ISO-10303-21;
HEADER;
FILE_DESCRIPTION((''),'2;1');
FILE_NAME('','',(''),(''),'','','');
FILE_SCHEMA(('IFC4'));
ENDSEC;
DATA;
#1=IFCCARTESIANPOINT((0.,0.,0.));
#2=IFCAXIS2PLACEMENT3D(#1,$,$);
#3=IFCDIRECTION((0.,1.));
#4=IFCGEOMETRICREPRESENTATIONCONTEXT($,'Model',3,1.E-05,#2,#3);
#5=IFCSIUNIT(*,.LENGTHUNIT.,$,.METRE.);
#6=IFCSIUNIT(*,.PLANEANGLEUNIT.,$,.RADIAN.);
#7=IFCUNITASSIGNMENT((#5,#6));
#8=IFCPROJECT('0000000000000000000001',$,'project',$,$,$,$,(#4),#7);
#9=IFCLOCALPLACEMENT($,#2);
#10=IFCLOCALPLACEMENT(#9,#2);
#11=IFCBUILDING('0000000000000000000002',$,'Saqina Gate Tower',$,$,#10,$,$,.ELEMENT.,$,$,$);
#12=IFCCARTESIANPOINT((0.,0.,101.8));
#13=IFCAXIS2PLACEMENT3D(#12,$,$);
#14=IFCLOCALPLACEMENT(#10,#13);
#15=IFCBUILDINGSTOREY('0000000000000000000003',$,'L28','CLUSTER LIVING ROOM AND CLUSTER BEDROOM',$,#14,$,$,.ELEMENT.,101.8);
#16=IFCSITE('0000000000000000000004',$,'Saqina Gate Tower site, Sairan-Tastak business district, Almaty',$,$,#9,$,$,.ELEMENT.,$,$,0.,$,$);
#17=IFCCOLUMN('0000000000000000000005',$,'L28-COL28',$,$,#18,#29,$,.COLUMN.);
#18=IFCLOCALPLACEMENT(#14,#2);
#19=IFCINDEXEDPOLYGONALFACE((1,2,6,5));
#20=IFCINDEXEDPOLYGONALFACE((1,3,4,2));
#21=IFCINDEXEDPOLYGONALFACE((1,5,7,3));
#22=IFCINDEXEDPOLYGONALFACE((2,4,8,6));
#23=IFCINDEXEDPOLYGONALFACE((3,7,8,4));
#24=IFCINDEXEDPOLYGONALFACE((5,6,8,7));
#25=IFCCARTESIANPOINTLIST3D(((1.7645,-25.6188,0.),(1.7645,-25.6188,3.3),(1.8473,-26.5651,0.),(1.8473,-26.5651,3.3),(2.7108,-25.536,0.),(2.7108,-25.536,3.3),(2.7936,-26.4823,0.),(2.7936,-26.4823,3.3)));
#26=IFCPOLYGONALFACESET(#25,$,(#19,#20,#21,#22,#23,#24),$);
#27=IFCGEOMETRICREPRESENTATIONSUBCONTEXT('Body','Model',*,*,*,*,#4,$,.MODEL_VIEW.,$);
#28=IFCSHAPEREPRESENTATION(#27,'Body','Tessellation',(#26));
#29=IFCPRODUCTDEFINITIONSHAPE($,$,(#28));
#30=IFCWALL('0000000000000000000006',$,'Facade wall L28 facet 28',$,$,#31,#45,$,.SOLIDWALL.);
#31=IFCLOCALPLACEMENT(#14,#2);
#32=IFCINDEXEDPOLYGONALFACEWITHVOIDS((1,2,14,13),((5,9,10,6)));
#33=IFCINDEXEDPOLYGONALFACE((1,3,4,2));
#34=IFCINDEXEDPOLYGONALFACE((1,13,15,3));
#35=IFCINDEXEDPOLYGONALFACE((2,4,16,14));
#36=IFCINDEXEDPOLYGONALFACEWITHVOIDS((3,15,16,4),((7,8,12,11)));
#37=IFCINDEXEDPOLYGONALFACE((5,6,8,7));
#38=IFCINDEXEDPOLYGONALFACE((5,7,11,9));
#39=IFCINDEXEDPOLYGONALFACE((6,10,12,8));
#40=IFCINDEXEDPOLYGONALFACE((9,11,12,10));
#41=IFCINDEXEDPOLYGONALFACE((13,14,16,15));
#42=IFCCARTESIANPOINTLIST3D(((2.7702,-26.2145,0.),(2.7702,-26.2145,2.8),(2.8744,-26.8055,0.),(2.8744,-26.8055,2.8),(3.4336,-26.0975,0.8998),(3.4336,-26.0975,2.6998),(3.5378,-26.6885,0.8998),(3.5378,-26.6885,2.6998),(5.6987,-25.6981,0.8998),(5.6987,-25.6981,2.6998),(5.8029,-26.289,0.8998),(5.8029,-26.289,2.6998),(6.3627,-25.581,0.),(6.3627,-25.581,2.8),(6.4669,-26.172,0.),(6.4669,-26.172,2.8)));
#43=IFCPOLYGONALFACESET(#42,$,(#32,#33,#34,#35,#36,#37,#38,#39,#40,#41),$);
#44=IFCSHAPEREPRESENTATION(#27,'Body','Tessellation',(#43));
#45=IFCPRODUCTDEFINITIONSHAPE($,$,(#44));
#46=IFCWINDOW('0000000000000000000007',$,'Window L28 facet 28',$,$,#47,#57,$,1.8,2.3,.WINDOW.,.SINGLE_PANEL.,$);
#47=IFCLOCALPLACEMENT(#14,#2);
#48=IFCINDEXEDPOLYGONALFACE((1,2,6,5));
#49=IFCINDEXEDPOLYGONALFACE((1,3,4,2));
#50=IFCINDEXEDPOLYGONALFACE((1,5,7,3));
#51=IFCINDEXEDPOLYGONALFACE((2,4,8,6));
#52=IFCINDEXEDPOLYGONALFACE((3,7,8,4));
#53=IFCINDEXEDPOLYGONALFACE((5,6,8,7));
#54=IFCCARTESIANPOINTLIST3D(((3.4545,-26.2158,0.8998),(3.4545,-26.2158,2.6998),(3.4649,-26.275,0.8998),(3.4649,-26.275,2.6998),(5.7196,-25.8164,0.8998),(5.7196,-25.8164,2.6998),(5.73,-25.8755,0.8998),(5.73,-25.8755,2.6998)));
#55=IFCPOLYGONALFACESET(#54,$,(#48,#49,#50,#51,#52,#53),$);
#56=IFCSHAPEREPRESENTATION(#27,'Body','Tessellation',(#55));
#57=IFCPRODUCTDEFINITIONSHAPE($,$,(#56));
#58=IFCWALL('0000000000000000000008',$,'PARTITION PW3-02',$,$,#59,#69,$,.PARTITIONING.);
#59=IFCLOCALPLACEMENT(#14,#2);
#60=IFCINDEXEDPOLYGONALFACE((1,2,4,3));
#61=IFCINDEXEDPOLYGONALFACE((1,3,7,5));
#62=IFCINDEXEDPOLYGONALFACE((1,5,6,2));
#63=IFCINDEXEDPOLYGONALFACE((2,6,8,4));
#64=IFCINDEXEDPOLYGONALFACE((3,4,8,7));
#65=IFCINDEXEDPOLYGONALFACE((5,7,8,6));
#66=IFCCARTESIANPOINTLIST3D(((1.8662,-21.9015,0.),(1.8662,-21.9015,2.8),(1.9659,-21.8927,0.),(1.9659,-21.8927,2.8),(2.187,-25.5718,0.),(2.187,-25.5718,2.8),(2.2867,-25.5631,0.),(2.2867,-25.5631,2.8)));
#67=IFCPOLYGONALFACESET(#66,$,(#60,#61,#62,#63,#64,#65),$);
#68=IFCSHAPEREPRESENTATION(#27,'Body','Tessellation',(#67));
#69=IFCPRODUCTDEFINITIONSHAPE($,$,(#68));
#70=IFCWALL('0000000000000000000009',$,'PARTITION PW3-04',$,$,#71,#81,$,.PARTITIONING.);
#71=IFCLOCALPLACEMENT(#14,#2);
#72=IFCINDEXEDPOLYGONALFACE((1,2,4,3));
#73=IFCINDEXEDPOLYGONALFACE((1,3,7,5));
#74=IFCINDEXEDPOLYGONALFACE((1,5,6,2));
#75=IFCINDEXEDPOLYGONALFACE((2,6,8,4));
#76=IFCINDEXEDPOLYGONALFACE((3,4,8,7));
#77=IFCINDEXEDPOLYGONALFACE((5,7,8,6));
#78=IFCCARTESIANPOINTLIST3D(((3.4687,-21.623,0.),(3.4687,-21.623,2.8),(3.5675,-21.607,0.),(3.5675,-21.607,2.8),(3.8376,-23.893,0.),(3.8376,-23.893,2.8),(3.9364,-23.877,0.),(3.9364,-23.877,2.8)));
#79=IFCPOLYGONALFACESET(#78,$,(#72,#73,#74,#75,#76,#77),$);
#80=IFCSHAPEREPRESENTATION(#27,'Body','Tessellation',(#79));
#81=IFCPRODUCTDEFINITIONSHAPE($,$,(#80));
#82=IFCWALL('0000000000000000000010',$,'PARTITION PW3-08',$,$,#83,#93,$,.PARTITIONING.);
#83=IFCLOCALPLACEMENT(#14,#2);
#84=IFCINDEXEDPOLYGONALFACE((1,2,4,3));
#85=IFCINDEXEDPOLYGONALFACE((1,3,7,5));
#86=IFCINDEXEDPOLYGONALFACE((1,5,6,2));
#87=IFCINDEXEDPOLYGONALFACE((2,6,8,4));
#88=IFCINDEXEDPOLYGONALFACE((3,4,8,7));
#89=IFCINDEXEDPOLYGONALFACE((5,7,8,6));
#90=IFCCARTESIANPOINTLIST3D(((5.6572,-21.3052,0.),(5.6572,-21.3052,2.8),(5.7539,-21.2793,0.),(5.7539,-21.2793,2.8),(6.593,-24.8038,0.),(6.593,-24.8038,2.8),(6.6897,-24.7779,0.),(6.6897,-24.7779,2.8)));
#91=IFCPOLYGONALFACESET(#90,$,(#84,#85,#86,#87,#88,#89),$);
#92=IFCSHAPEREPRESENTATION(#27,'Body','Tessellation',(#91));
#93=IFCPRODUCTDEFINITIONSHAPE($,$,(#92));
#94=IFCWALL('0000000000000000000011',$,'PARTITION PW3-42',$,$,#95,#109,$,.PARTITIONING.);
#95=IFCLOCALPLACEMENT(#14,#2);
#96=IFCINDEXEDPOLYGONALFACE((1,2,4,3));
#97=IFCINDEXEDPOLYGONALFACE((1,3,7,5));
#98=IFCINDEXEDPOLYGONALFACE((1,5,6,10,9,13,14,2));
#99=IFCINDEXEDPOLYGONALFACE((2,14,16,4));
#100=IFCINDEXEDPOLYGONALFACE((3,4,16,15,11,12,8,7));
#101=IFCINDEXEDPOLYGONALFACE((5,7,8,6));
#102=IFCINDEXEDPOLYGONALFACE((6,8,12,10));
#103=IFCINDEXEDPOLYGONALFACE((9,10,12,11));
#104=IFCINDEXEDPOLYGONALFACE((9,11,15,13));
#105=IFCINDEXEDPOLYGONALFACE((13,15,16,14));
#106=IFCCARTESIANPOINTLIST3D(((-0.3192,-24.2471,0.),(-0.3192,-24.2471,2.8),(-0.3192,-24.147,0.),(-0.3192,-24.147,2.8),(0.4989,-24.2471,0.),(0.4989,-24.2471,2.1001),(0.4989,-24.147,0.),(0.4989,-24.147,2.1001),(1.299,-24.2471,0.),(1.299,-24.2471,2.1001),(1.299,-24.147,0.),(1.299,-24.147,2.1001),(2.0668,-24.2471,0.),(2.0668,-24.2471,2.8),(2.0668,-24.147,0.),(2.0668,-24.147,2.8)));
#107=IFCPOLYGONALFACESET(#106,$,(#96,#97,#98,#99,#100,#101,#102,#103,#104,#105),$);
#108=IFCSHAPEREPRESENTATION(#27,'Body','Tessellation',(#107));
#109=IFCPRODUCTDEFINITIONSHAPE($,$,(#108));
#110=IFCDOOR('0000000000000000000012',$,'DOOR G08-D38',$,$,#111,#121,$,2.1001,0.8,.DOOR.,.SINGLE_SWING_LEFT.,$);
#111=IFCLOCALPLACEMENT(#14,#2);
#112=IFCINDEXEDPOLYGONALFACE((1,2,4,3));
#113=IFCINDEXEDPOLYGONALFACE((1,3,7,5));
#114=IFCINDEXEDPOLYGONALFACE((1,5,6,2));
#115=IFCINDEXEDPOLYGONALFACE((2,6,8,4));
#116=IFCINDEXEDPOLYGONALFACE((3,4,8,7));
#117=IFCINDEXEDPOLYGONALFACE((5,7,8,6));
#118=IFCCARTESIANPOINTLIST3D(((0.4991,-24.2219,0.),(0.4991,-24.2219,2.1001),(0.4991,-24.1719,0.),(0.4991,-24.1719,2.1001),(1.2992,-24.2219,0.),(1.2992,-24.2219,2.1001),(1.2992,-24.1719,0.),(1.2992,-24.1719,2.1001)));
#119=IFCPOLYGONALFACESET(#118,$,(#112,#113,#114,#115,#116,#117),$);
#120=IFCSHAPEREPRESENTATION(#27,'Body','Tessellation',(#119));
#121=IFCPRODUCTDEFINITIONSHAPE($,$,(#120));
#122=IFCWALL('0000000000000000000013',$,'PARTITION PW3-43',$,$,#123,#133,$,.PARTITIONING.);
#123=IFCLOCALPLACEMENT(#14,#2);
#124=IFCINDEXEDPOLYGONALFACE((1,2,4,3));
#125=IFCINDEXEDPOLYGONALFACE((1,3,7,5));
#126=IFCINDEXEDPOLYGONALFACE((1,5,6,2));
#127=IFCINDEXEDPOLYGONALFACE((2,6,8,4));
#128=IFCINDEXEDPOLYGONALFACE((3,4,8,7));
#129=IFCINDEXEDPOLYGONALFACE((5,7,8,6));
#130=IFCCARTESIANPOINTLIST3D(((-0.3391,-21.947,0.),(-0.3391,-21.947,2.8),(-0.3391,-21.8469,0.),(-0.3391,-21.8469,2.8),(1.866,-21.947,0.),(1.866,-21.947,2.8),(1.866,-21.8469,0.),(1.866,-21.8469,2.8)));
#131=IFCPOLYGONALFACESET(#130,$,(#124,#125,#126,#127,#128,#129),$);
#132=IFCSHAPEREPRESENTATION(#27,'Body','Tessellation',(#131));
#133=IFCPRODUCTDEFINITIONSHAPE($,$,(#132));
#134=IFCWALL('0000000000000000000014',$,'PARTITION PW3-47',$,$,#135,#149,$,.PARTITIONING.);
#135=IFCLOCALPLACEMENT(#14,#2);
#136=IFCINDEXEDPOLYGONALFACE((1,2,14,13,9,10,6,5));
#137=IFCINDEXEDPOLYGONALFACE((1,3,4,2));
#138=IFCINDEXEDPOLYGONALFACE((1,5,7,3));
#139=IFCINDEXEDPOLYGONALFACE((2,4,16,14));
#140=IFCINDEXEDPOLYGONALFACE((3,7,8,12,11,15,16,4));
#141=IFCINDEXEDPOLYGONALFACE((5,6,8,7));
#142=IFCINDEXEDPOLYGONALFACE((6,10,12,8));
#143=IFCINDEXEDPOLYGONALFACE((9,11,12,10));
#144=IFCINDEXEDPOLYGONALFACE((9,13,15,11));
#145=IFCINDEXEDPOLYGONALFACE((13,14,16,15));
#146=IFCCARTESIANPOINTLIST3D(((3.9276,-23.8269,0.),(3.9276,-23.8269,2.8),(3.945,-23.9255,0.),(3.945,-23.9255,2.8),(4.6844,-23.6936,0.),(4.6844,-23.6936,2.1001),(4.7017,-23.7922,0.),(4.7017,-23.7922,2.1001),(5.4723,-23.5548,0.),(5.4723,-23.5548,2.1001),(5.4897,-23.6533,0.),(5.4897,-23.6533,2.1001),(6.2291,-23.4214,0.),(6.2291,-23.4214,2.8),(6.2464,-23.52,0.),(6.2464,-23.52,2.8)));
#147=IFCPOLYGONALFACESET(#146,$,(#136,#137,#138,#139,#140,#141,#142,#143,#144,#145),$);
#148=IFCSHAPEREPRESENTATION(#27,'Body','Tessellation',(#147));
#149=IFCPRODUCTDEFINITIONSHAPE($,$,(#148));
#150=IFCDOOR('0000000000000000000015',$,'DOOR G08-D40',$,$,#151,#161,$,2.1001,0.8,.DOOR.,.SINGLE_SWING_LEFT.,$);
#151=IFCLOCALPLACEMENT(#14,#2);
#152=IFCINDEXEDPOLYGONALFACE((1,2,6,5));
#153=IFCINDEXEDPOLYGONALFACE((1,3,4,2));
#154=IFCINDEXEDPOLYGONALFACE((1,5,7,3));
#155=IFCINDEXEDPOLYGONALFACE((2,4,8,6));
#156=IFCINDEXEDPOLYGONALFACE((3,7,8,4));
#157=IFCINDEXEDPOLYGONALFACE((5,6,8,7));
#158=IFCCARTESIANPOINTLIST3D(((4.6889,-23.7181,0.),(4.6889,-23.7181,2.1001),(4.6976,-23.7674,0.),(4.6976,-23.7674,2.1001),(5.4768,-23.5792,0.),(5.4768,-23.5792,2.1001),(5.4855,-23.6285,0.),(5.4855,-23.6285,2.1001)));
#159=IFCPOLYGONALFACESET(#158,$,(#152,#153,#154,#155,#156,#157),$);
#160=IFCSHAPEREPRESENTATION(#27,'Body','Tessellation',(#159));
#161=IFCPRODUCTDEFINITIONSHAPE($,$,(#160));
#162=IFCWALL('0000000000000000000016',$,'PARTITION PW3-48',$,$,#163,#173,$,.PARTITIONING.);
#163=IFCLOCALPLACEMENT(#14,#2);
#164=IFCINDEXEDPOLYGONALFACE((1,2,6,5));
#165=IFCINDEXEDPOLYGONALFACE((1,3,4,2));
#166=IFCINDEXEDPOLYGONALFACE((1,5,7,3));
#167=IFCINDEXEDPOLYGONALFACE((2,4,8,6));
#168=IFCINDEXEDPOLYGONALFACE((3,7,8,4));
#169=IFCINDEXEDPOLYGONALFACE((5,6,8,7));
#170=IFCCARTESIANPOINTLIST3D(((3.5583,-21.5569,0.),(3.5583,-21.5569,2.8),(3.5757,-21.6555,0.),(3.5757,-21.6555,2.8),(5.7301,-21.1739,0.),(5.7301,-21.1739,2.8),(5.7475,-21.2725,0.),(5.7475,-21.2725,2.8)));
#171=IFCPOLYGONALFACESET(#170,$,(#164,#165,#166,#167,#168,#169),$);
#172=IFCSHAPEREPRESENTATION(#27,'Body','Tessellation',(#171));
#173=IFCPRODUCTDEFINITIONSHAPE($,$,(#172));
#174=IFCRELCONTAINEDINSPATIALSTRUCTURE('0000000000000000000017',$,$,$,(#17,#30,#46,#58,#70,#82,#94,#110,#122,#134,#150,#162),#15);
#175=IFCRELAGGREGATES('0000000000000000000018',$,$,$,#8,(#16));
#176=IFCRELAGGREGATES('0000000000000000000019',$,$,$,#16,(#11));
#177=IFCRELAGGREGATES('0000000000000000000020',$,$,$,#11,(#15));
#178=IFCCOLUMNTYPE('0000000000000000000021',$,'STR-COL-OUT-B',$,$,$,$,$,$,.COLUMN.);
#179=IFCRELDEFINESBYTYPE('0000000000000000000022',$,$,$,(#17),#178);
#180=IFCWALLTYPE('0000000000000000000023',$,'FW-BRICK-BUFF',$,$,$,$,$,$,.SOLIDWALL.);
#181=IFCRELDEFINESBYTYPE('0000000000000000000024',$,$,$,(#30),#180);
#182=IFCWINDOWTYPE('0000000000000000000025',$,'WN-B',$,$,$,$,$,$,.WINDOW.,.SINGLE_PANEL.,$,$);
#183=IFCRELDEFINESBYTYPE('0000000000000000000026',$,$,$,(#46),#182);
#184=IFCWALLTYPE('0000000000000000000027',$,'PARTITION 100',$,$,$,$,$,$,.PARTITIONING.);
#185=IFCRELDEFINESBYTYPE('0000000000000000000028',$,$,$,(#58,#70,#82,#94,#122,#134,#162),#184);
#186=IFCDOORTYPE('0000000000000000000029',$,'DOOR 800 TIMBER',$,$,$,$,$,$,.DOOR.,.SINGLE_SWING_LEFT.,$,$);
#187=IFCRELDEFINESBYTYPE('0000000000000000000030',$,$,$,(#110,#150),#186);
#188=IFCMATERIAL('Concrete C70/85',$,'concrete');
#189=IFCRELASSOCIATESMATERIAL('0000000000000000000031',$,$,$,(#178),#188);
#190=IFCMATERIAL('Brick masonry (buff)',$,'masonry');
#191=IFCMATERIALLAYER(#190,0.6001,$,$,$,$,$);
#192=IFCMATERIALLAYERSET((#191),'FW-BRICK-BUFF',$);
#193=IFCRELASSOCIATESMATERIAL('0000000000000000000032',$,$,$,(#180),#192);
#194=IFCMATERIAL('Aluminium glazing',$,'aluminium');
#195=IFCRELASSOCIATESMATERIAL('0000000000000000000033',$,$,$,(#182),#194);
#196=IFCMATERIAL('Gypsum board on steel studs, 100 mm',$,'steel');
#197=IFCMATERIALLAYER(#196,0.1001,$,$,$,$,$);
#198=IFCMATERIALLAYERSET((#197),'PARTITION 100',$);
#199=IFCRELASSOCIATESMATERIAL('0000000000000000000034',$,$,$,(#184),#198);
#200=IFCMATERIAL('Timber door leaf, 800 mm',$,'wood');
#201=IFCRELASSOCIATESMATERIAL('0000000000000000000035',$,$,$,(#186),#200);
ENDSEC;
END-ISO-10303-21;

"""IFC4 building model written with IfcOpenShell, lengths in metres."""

from ifc_helpers import new_model, si_unit, direction, frame, frame_2d, origin, origin_2d, place, context, subcontext, project, spatial, rectangle, extrude, material, layer, layer_set, material_profile, profile_set, type_object, element, fill, save


model = new_model("IFC4")

# Units and contexts
model_context = context("Model", 3, precision=1e-05, world=origin(), true_north=direction((0.0, 1.0)))
body_context = subcontext(model_context, "Body", "Model", "MODEL_VIEW")
ifc_project = project(units=[si_unit("LENGTHUNIT", "METRE"), si_unit("PLANEANGLEUNIT", "RADIAN")], contexts=[model_context])

# Site, building, storey
site_placement = place(None, origin())
site = spatial("IfcSite", under=ifc_project, at=site_placement, Name="Saqina Gate Tower site, Sairan-Tastak business district, Almaty", CompositionType="ELEMENT", RefElevation=0.0)
building_placement = place(site_placement, origin())
building = spatial("IfcBuilding", under=site, at=building_placement, Name="Saqina Gate Tower", CompositionType="ELEMENT")
storey_placement = place(building_placement, frame((0.0, 0.0, 101.8)))
storey = spatial("IfcBuildingStorey", under=building, at=storey_placement, Name="L28", Description="CLUSTER LIVING ROOM AND CLUSTER BEDROOM", CompositionType="ELEMENT", Elevation=101.8)

# Column
ifc_material_1 = material(Name="Concrete C70/85", Category="concrete")
ifc_material_profile = material_profile(ifc_material_1, rectangle(XDim=0.95, YDim=0.95, at=origin_2d()), Name="RC 950x950")
ifc_profile_set = profile_set([ifc_material_profile], Name="Concrete C70/85")
column_type = type_object("IfcColumnType", Name="STR-COL-OUT-B", PredefinedType="COLUMN", material=ifc_profile_set)
column_placement = place(storey_placement, frame((2.2791, -26.0505, 0.0), z_axis=(0.0, 0.0, 1.0), x_axis=(0.087156, -0.996195, 0.0)))
element("IfcColumn", 1, at=column_placement, inside=storey, type_object=column_type, Name="L28-COL28", PredefinedType="COLUMN", context=body_context, shape_type="SweptSolid", body=[
    extrude(rectangle(XDim=0.95, YDim=0.95, at=origin_2d()), origin(), (0.0, 0.0, 1.0), 3.3),
])

# Wall, opening, window
ifc_material_2 = material(Name="Brick masonry (buff)", Category="masonry")
ifc_layer_1 = layer(ifc_material_2, 0.6001)
ifc_layer_set_1 = layer_set([ifc_layer_1], Name="FW-BRICK-BUFF")
wall_type_1 = type_object("IfcWallType", Name="FW-BRICK-BUFF", PredefinedType="SOLIDWALL", material=ifc_layer_set_1)
wall_1_placement = place(storey_placement, frame((2.8223, -26.51, 0.0), z_axis=(0.0, 0.0, 1.0), x_axis=(0.984804, 0.173671, 0.0)))
wall_1 = element("IfcWall", 2, at=wall_1_placement, inside=storey, type_object=wall_type_1, Name="Facade wall L28 facet 28", PredefinedType="SOLIDWALL", context=body_context, shape_type="SweptSolid", body=[
    extrude(rectangle(XDim=3.6479, YDim=0.6001, at=frame_2d((1.824, 0.0))), origin(), (0.0, 0.0, 1.0), 2.8),
])
opening_1_placement = place(wall_1_placement, frame((0.6738, 0.0, 0.8999)))
opening_1 = element("IfcOpeningElement", 3, at=opening_1_placement, cuts=wall_1, PredefinedType="OPENING", context=body_context, shape_type="SweptSolid", body=[
    extrude(rectangle(XDim=2.3, YDim=1.8, at=frame_2d((1.1499, 0.8999))), frame((0.0, 0.312, 0.0), z_axis=(0.0, -1.0, 0.0), x_axis=(1.0, 0.0, 0.0)), (0.0, 0.0, 1.0), 0.624),
])
ifc_material_3 = material(Name="Aluminium glazing", Category="aluminium")
window_type = type_object("IfcWindowType", Name="WN-B", PartitioningType="SINGLE_PANEL", PredefinedType="WINDOW", material=ifc_material_3)
window_placement = place(opening_1_placement, origin())
window = element("IfcWindow", 4, at=window_placement, inside=storey, type_object=window_type, Name="Window L28 facet 28", OverallHeight=1.8, OverallWidth=2.3, PartitioningType="SINGLE_PANEL", PredefinedType="WINDOW", context=body_context, shape_type="SweptSolid", body=[
    extrude(rectangle(XDim=2.3, YDim=1.8, at=frame_2d((1.1499, 0.8999))), frame((0.0, 0.1799, 0.0), z_axis=(0.0, -1.0, 0.0), x_axis=(1.0, 0.0, 0.0)), (0.0, 0.0, 1.0), 0.0601),
])
fill(opening_1, window)

# Walls
ifc_material_4 = material(Name="Gypsum board on steel studs, 100 mm", Category="steel")
ifc_layer_2 = layer(ifc_material_4, 0.1001)
ifc_layer_set_2 = layer_set([ifc_layer_2], Name="PARTITION 100")
wall_type_2 = type_object("IfcWallType", Name="PARTITION 100", PredefinedType="PARTITIONING", material=ifc_layer_set_2)
wall_2_placement = place(storey_placement, frame((1.916, -21.897, 0.0), z_axis=(0.0, 0.0, 1.0), x_axis=(0.08707, -0.996202, 0.0)))
element("IfcWall", 5, at=wall_2_placement, inside=storey, type_object=wall_type_2, Name="PARTITION PW3-02", PredefinedType="PARTITIONING", context=body_context, shape_type="SweptSolid", body=[
    extrude(rectangle(XDim=3.6843, YDim=0.1001, at=frame_2d((1.8423, 0.0))), origin(), (0.0, 0.0, 1.0), 2.8),
])
wall_3_placement = place(storey_placement, frame((3.5181, -21.615, 0.0), z_axis=(0.0, 0.0, 1.0), x_axis=(0.160404, -0.987051, 0.0)))
element("IfcWall", 6, at=wall_3_placement, inside=storey, type_object=wall_type_2, Name="PARTITION PW3-04", PredefinedType="PARTITIONING", context=body_context, shape_type="SweptSolid", body=[
    extrude(rectangle(XDim=2.2998, YDim=0.1001, at=frame_2d((1.1499, 0.0))), origin(), (0.0, 0.0, 1.0), 2.8),
])
wall_4_placement = place(storey_placement, frame((5.7056, -21.2922, 0.0), z_axis=(0.0, 0.0, 1.0), x_axis=(0.258397, -0.966039, 0.0)))
element("IfcWall", 7, at=wall_4_placement, inside=storey, type_object=wall_type_2, Name="PARTITION PW3-08", PredefinedType="PARTITIONING", context=body_context, shape_type="SweptSolid", body=[
    extrude(rectangle(XDim=3.6216, YDim=0.1001, at=frame_2d((1.8108, 0.0))), origin(), (0.0, 0.0, 1.0), 2.8),
])

# Wall, opening, door
wall_5_placement = place(storey_placement, frame((-0.3191, -24.197, 0.0), z_axis=(0.0, 0.0, 1.0), x_axis=(1.0, 0.0, 0.0)))
wall_5 = element("IfcWall", 8, at=wall_5_placement, inside=storey, type_object=wall_type_2, Name="PARTITION PW3-42", PredefinedType="PARTITIONING", context=body_context, shape_type="SweptSolid", body=[
    extrude(rectangle(XDim=2.386, YDim=0.1001, at=frame_2d((1.1929, 0.0))), origin(), (0.0, 0.0, 1.0), 2.8),
])
opening_2_placement = place(wall_5_placement, frame((0.8181, 0.0, 0.0)))
opening_2 = element("IfcOpeningElement", 9, at=opening_2_placement, cuts=wall_5, PredefinedType="OPENING", context=body_context, shape_type="SweptSolid", body=[
    extrude(rectangle(XDim=0.8, YDim=2.1001, at=frame_2d((0.3999, 1.05))), frame((0.0, 0.062, 0.0), z_axis=(0.0, -1.0, 0.0), x_axis=(1.0, 0.0, 0.0)), (0.0, 0.0, 1.0), 0.124),
])
ifc_material_5 = material(Name="Timber door leaf, 800 mm", Category="wood")
door_type_1 = type_object("IfcDoorType", Name="DOOR 800 TIMBER", OperationType="SINGLE_SWING_LEFT", PredefinedType="DOOR", material=ifc_material_5)
door_1_placement = place(opening_2_placement, frame((0.8, 0.0, 0.0), z_axis=(0.0, 0.0, 1.0), x_axis=(-1.0, 0.0, 0.0)))
door_1 = element("IfcDoor", 10, at=door_1_placement, inside=storey, type_object=door_type_1, Name="DOOR G08-D38", OperationType="SINGLE_SWING_LEFT", OverallHeight=2.1001, OverallWidth=0.8, PredefinedType="DOOR", context=body_context, shape_type="SweptSolid", body=[
    extrude(rectangle(XDim=0.8, YDim=2.1001, at=frame_2d((0.3999, 1.05))), frame((0.0, 0.0249, 0.0), z_axis=(0.0, -1.0, 0.0), x_axis=(1.0, 0.0, 0.0)), (0.0, 0.0, 1.0), 0.05),
])
fill(opening_2, door_1)

# Wall
wall_6_placement = place(storey_placement, frame((-0.3391, -21.897, 0.0), z_axis=(0.0, 0.0, 1.0), x_axis=(1.0, 0.0, 0.0)))
element("IfcWall", 11, at=wall_6_placement, inside=storey, type_object=wall_type_2, Name="PARTITION PW3-43", PredefinedType="PARTITIONING", context=body_context, shape_type="SweptSolid", body=[
    extrude(rectangle(XDim=2.2051, YDim=0.1001, at=frame_2d((1.1025, 0.0))), origin(), (0.0, 0.0, 1.0), 2.8),
])

# Wall, opening, door
wall_7_placement = place(storey_placement, frame((3.9363, -23.8762, 0.0), z_axis=(0.0, 0.0, 1.0), x_axis=(0.98483, 0.173523, 0.0)))
wall_7 = element("IfcWall", 12, at=wall_7_placement, inside=storey, type_object=wall_type_2, Name="PARTITION PW3-47", PredefinedType="PARTITIONING", context=body_context, shape_type="SweptSolid", body=[
    extrude(rectangle(XDim=2.3369, YDim=0.1001, at=frame_2d((1.1685, 0.0))), origin(), (0.0, 0.0, 1.0), 2.8),
])
opening_3_placement = place(wall_7_placement, frame((0.7686, 0.0, 0.0)))
opening_3 = element("IfcOpeningElement", 13, at=opening_3_placement, cuts=wall_7, PredefinedType="OPENING", context=body_context, shape_type="SweptSolid", body=[
    extrude(rectangle(XDim=0.8, YDim=2.1001, at=frame_2d((0.3999, 1.05))), frame((0.0, 0.062, 0.0), z_axis=(0.0, -1.0, 0.0), x_axis=(1.0, 0.0, 0.0)), (0.0, 0.0, 1.0), 0.124),
])
door_2_placement = place(opening_3_placement, frame((0.8, 0.0, 0.0), z_axis=(0.0, 0.0, 1.0), x_axis=(-1.0, 0.0, 0.0)))
door_2 = element("IfcDoor", 14, at=door_2_placement, inside=storey, type_object=door_type_1, Name="DOOR G08-D40", OperationType="SINGLE_SWING_LEFT", OverallHeight=2.1001, OverallWidth=0.8, PredefinedType="DOOR", context=body_context, shape_type="SweptSolid", body=[
    extrude(rectangle(XDim=0.8, YDim=2.1001, at=frame_2d((0.3999, 1.05))), frame((0.0, 0.0249, 0.0), z_axis=(0.0, -1.0, 0.0), x_axis=(1.0, 0.0, 0.0)), (0.0, 0.0, 1.0), 0.05),
])
fill(opening_3, door_2)

# Wall
wall_8_placement = place(storey_placement, frame((3.5671, -21.6062, 0.0), z_axis=(0.0, 0.0, 1.0), x_axis=(0.9848, 0.173691, 0.0)))
element("IfcWall", 15, at=wall_8_placement, inside=storey, type_object=wall_type_2, Name="PARTITION PW3-48", PredefinedType="PARTITIONING", context=body_context, shape_type="SweptSolid", body=[
    extrude(rectangle(XDim=2.2053, YDim=0.1001, at=frame_2d((1.1025, 0.0))), origin(), (0.0, 0.0, 1.0), 2.8),
])

save(model, "model.ifc")
